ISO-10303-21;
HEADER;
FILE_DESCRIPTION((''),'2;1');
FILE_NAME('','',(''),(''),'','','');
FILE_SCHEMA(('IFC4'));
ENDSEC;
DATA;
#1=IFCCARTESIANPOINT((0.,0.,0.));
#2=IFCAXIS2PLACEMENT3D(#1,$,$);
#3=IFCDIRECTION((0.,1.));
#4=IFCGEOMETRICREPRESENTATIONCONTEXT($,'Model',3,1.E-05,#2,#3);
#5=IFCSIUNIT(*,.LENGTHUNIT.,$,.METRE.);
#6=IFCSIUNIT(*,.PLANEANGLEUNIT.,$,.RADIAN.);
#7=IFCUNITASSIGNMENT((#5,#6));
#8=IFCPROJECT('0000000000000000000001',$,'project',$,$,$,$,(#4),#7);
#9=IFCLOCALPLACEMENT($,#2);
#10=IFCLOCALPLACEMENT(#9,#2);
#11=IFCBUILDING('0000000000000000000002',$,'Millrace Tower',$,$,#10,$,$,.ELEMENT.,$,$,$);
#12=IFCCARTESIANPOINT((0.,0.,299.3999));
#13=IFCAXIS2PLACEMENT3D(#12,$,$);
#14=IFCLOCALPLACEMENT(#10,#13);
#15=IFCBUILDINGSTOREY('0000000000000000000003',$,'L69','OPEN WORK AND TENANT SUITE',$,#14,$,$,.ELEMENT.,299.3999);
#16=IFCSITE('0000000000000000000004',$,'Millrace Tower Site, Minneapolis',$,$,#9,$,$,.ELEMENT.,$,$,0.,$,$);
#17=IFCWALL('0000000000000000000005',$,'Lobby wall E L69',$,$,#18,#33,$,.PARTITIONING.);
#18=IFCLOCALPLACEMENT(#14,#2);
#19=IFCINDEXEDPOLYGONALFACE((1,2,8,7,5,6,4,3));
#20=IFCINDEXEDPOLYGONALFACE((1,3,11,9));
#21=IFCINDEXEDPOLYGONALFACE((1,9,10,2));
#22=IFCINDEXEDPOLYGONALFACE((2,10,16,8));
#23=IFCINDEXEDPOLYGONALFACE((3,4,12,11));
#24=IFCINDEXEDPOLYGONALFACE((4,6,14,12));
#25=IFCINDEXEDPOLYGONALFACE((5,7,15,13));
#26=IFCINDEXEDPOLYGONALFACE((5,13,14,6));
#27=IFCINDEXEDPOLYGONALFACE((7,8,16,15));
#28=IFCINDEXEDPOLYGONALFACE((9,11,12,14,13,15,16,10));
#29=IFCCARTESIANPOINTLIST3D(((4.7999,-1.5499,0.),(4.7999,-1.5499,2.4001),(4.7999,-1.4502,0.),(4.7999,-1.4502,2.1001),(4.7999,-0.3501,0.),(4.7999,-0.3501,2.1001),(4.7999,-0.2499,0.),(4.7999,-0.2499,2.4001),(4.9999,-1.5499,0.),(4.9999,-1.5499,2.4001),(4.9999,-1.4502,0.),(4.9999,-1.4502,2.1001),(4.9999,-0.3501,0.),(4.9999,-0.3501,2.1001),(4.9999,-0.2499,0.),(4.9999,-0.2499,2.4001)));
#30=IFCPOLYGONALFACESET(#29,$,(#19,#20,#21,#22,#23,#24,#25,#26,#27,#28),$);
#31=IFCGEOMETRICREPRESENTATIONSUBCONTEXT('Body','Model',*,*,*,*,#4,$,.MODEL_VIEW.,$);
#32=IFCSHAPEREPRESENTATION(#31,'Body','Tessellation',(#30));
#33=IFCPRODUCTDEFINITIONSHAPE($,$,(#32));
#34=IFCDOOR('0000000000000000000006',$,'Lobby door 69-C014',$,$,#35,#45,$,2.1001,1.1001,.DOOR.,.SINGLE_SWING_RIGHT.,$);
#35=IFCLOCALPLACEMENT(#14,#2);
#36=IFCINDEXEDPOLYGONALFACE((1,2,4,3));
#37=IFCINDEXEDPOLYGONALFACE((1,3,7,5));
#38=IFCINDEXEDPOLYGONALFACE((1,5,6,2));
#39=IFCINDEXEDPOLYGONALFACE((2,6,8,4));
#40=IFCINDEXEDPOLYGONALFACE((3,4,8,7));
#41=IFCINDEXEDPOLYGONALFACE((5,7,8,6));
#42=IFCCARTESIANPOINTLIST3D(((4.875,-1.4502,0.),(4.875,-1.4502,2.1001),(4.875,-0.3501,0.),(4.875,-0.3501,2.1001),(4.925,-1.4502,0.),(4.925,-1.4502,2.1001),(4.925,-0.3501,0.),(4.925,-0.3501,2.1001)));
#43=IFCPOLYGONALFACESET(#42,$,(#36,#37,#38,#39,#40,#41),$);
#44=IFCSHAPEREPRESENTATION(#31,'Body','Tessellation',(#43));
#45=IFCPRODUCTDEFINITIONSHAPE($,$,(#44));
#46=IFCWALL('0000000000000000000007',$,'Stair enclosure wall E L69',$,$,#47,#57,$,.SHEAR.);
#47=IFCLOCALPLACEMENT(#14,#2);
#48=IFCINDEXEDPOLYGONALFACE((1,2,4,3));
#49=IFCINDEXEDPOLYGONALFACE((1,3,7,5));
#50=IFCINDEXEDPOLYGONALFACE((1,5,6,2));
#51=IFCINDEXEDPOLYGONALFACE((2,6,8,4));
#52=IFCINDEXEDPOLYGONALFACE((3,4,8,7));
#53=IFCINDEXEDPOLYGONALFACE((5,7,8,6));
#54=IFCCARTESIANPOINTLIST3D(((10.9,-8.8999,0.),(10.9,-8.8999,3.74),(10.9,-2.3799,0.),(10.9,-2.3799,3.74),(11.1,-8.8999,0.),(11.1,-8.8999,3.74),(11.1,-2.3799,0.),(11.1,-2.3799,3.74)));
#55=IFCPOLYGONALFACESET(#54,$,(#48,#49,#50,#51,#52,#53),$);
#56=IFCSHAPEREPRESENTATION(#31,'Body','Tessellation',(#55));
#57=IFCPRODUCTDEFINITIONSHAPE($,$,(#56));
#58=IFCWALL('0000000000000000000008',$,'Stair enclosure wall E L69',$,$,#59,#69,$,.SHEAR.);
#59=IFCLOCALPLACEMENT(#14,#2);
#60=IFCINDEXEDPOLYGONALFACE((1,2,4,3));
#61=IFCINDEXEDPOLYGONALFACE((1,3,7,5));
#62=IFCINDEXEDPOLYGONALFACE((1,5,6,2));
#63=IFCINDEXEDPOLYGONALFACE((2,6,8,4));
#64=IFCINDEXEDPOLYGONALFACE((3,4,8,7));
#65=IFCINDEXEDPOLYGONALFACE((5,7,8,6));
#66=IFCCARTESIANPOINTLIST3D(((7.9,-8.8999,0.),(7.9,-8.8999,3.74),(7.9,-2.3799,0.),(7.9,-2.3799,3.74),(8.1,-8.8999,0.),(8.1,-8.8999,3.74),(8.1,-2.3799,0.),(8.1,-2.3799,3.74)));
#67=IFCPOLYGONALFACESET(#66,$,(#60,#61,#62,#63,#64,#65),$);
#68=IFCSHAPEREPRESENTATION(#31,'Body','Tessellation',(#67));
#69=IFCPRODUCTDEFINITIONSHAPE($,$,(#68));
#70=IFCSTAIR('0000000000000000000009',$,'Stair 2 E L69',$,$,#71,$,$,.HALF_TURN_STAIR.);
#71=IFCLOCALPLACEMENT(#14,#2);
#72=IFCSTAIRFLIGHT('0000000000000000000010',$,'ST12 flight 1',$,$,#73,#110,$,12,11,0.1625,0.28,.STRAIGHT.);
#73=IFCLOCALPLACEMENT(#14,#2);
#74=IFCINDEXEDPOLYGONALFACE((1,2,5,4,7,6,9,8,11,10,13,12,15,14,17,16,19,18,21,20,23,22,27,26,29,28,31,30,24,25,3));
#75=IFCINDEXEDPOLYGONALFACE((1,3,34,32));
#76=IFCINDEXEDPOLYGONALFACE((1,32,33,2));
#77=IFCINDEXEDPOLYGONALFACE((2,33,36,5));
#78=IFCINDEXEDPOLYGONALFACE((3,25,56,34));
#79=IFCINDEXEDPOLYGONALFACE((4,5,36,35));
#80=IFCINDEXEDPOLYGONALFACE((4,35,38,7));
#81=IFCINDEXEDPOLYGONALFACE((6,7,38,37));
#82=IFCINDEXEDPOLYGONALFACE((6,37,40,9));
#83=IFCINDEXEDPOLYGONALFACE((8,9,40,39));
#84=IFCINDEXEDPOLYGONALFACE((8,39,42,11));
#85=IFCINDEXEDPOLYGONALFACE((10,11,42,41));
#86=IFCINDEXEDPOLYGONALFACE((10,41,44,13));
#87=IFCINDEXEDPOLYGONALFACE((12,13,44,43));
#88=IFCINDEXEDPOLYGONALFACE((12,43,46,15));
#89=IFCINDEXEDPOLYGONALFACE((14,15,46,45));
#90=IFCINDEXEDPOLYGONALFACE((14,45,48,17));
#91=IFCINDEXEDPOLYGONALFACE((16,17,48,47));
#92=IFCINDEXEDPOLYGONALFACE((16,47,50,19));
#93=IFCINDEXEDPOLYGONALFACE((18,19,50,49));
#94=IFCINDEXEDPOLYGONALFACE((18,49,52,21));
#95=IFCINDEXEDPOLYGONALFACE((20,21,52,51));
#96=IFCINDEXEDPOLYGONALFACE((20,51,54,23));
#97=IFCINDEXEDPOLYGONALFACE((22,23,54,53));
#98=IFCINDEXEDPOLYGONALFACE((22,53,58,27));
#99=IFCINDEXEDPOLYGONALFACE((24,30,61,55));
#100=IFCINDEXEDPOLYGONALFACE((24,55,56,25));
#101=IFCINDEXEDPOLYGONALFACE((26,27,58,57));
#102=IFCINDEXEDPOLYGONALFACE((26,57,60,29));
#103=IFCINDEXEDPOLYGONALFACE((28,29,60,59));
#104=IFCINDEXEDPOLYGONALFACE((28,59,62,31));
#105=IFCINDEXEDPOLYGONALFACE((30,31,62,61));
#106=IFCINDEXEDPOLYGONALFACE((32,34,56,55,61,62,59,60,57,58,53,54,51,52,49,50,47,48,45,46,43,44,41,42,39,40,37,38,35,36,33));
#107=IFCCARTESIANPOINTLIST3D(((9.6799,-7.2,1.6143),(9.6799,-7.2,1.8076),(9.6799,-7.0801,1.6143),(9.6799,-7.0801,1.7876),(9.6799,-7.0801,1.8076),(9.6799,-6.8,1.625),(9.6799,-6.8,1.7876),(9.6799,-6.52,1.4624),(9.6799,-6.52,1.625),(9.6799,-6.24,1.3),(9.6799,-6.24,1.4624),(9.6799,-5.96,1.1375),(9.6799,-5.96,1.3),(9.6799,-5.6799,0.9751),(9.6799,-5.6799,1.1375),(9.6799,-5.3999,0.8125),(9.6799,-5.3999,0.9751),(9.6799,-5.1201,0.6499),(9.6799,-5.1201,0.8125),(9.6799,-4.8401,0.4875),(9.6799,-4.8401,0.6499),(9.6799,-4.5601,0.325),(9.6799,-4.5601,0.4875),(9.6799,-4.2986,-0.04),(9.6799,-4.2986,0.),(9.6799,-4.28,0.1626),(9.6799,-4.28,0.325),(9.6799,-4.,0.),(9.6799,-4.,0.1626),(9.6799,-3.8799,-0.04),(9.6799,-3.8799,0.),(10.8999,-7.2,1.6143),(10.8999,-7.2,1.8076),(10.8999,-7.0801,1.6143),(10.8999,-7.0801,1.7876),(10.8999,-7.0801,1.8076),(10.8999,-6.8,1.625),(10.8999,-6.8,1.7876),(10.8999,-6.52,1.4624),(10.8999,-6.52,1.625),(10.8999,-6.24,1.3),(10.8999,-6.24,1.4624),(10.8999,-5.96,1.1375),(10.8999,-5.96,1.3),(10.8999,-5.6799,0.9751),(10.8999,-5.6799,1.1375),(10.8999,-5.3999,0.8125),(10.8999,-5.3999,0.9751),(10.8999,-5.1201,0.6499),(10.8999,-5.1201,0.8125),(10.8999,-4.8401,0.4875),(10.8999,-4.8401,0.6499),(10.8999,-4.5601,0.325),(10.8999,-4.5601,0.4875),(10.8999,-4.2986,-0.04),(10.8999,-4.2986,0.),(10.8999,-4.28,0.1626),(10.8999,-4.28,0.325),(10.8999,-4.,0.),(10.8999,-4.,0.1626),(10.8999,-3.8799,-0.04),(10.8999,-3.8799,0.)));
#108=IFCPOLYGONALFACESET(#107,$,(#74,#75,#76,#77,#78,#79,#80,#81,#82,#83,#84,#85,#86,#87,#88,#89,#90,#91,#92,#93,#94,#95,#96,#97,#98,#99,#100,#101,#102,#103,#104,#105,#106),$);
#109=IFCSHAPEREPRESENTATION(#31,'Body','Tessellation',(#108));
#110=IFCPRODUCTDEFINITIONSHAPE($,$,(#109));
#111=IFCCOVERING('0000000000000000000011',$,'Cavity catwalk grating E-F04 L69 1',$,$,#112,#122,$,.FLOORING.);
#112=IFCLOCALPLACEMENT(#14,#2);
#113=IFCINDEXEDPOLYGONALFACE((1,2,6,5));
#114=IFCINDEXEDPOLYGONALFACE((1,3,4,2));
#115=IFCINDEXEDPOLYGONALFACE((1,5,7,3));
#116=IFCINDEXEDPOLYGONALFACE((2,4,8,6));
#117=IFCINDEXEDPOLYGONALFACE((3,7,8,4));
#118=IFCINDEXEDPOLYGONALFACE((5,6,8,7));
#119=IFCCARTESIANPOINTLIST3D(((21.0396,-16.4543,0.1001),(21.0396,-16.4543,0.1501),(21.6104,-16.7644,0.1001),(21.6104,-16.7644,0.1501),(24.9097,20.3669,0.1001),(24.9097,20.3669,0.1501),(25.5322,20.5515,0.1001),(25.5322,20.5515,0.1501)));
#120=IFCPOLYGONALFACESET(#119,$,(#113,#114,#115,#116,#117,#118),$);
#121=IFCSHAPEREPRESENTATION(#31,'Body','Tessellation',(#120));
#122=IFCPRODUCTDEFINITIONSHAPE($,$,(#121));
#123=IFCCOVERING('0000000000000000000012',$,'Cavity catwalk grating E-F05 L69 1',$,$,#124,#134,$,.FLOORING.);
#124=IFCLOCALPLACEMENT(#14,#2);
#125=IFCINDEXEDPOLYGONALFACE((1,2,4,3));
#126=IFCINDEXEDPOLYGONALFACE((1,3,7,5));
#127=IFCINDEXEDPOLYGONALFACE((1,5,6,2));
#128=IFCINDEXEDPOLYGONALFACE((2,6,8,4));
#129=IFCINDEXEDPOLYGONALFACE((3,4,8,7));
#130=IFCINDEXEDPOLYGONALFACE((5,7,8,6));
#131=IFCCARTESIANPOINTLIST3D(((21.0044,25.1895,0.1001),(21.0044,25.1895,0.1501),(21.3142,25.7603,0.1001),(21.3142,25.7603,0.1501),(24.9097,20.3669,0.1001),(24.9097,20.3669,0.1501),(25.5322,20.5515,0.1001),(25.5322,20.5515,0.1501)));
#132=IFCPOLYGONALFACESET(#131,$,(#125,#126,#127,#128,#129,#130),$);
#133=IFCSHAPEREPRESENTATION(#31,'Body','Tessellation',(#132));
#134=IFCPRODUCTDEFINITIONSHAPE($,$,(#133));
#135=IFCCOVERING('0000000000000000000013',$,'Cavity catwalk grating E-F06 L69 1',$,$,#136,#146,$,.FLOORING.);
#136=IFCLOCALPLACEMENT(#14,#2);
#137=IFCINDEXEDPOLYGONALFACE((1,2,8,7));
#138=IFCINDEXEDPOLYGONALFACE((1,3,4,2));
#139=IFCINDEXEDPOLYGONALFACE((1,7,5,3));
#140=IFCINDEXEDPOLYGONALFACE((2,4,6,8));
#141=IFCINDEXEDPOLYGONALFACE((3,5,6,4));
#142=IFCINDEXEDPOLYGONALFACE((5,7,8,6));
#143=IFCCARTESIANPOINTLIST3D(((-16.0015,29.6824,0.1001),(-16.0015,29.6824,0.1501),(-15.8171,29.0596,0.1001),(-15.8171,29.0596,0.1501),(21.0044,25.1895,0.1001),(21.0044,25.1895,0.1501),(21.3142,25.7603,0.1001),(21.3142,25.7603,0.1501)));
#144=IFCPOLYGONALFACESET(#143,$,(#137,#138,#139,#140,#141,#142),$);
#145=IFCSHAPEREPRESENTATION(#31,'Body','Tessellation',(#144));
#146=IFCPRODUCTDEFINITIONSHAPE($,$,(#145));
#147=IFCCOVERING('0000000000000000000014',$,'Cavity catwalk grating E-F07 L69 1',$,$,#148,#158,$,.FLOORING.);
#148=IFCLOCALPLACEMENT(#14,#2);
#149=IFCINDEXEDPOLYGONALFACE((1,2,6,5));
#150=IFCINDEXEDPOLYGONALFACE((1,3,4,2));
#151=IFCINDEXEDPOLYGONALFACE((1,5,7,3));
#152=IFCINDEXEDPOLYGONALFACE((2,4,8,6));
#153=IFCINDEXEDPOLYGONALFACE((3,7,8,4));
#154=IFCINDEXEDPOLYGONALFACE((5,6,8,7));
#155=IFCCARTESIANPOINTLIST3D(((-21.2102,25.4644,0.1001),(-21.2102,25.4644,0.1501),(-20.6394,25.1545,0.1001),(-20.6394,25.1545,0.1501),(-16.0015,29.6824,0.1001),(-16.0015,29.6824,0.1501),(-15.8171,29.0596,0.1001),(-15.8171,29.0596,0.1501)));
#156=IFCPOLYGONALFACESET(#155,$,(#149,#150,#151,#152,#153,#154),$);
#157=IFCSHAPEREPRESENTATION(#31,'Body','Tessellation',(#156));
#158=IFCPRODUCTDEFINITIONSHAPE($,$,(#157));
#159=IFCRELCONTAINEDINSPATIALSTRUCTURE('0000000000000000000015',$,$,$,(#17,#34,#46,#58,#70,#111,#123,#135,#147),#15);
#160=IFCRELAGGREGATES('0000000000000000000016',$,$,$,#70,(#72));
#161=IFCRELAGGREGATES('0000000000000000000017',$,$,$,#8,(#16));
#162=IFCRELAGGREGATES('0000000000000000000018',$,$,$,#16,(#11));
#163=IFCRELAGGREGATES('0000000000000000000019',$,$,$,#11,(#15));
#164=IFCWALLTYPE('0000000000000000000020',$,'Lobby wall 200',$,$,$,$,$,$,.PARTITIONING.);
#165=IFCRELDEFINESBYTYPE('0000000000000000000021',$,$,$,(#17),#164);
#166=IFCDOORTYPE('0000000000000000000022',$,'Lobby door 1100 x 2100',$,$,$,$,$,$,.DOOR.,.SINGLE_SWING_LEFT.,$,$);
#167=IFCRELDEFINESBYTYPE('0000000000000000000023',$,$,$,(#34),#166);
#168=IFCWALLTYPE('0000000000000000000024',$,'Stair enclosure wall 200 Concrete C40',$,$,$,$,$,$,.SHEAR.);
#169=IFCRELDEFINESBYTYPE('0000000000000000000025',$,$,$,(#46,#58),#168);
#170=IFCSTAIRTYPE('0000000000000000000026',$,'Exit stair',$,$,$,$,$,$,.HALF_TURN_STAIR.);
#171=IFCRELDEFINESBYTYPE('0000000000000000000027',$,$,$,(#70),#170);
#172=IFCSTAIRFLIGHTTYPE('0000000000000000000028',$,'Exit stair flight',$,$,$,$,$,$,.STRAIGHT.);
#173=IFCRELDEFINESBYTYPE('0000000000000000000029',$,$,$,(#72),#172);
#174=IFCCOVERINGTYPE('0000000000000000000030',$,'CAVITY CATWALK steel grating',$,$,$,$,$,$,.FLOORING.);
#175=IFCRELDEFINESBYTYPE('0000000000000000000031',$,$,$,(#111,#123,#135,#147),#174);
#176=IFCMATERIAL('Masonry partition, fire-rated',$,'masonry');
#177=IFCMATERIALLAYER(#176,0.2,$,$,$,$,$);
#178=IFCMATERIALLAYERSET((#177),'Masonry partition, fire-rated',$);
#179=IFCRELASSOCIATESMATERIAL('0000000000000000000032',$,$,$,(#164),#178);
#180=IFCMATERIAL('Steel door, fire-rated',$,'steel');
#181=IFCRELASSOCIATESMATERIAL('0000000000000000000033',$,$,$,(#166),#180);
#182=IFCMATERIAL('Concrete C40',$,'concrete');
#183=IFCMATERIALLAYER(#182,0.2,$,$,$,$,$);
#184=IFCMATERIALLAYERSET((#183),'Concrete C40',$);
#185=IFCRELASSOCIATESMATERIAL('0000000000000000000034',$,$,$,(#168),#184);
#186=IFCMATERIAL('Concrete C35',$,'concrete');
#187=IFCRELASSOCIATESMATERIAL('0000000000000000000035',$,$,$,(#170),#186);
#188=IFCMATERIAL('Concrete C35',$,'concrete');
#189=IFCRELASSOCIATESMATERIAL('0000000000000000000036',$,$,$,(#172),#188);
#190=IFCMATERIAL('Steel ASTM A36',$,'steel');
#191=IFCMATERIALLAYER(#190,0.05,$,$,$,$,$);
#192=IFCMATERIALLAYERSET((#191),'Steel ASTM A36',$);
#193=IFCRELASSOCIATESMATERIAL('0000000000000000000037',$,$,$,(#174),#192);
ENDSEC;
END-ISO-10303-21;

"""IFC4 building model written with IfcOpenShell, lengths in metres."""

from ifc_helpers import new_model, si_unit, direction, frame, frame_2d, origin, place, context, subcontext, project, spatial, polyline, rectangle, outline, extrude, material, layer, layer_set, type_object, element, fill, aggregate, save


model = new_model("IFC4")

# Units and contexts
model_context = context("Model", 3, precision=1e-05, world=origin(), true_north=direction((0.0, 1.0)))
body_context = subcontext(model_context, "Body", "Model", "MODEL_VIEW")
ifc_project = project(units=[si_unit("LENGTHUNIT", "METRE"), si_unit("PLANEANGLEUNIT", "RADIAN")], contexts=[model_context])

# Site, building, storey
site_placement = place(None, origin())
site = spatial("IfcSite", under=ifc_project, at=site_placement, Name="Millrace Tower Site, Minneapolis", CompositionType="ELEMENT", RefElevation=0.0)
building_placement = place(site_placement, origin())
building = spatial("IfcBuilding", under=site, at=building_placement, Name="Millrace Tower", CompositionType="ELEMENT")
storey_placement = place(building_placement, frame((0.0, 0.0, 299.3999)))
storey = spatial("IfcBuildingStorey", under=building, at=storey_placement, Name="L69", Description="OPEN WORK AND TENANT SUITE", CompositionType="ELEMENT", Elevation=299.3999)

# Shared definitions
placement_1 = place(storey_placement, origin())

# Wall, opening, door
ifc_material_1 = material(Name="Masonry partition, fire-rated", Category="masonry")
ifc_layer_1 = layer(ifc_material_1, 0.2)
ifc_layer_set_1 = layer_set([ifc_layer_1], Name="Masonry partition, fire-rated")
wall_type_1 = type_object("IfcWallType", Name="Lobby wall 200", PredefinedType="PARTITIONING", material=ifc_layer_set_1)
wall_1_placement = place(storey_placement, frame((4.8999, -0.25, 0.0), z_axis=(0.0, 0.0, 1.0), x_axis=(0.0, -1.0, 0.0)))
wall_1 = element("IfcWall", 1, at=wall_1_placement, inside=storey, type_object=wall_type_1, Name="Lobby wall E L69", PredefinedType="PARTITIONING", context=body_context, shape_type="SweptSolid", body=[
    extrude(rectangle(XDim=1.3, YDim=0.2, at=frame_2d((0.6499, 0.0))), origin(), (0.0, 0.0, 1.0), 2.4001),
])
opening_placement = place(wall_1_placement, frame((0.1001, 0.0, 0.0)))
opening = element("IfcOpeningElement", 2, at=opening_placement, cuts=wall_1, PredefinedType="OPENING", context=body_context, shape_type="SweptSolid", body=[
    extrude(rectangle(XDim=1.1001, YDim=2.1001, at=frame_2d((0.55, 1.05))), frame((0.0, 0.1099, 0.0), z_axis=(0.0, -1.0, 0.0), x_axis=(1.0, 0.0, 0.0)), (0.0, 0.0, 1.0), 0.22),
])
ifc_material_2 = material(Name="Steel door, fire-rated", Category="steel")
door_type = type_object("IfcDoorType", Name="Lobby door 1100 x 2100", OperationType="SINGLE_SWING_LEFT", PredefinedType="DOOR", material=ifc_material_2)
door_placement = place(opening_placement, frame((1.1001, 0.0, 0.0), z_axis=(0.0, 0.0, 1.0), x_axis=(-1.0, 0.0, 0.0)))
door = element("IfcDoor", 3, at=door_placement, inside=storey, type_object=door_type, Name="Lobby door 69-C014", OperationType="SINGLE_SWING_RIGHT", OverallHeight=2.1001, OverallWidth=1.1001, PredefinedType="DOOR", context=body_context, shape_type="SweptSolid", body=[
    extrude(rectangle(XDim=1.1001, YDim=2.1001, at=frame_2d((0.55, 1.05))), frame((0.0, 0.0249, 0.0), z_axis=(0.0, -1.0, 0.0), x_axis=(1.0, 0.0, 0.0)), (0.0, 0.0, 1.0), 0.05),
])
fill(opening, door)

# Walls
ifc_material_3 = material(Name="Concrete C40", Category="concrete")
ifc_layer_2 = layer(ifc_material_3, 0.2)
ifc_layer_set_2 = layer_set([ifc_layer_2], Name="Concrete C40")
wall_type_2 = type_object("IfcWallType", Name="Stair enclosure wall 200 Concrete C40", PredefinedType="SHEAR", material=ifc_layer_set_2)
for number, where, z_axis, x_axis, name in (
    (4, (11.0, -2.3799, 0.0), (0.0, 0.0, 1.0), (0.0, -1.0, 0.0), "Stair enclosure wall E L69"),
    (5, (8.0, -2.3799, 0.0), (0.0, 0.0, 1.0), (0.0, -1.0, 0.0), "Stair enclosure wall E L69"),
):
    element("IfcWall", number, at=place(storey_placement, frame(where, z_axis=z_axis, x_axis=x_axis)), inside=storey, type_object=wall_type_2, Name=name, PredefinedType="SHEAR", context=body_context, shape_type="SweptSolid", body=[
        extrude(rectangle(XDim=6.52, YDim=0.2, at=frame_2d((3.26, 0.0))), origin(), (0.0, 0.0, 1.0), 3.74),
    ])

# Stair, stair flight
ifc_material_4 = material(Name="Concrete C35", Category="concrete")
stair_type = type_object("IfcStairType", Name="Exit stair", PredefinedType="HALF_TURN_STAIR", material=ifc_material_4)
stair = element("IfcStair", 6, at=placement_1, inside=storey, type_object=stair_type, Name="Stair 2 E L69", PredefinedType="HALF_TURN_STAIR")
ifc_material_5 = material(Name="Concrete C35", Category="concrete")
stair_flight_type = type_object("IfcStairFlightType", Name="Exit stair flight", PredefinedType="STRAIGHT", material=ifc_material_5)
stair_flight_placement = place(storey_placement, frame((10.29, -4.0, 0.0), z_axis=(0.0, 0.0, 1.0), x_axis=(0.0, -1.0, 0.0)))
stair_flight = element("IfcStairFlight", 7, at=stair_flight_placement, type_object=stair_flight_type, Name="ST12 flight 1", NumberOfRisers=12, NumberOfTreads=11, PredefinedType="STRAIGHT", RiserHeight=0.1625, TreadLength=0.28, context=body_context, shape_type="SweptSolid", body=[
    extrude(outline(polyline([(-0.1201, -0.04), (-0.1201, 0.0), (0.0, 0.0), (0.0, 0.1626), (0.28, 0.1626), (0.28, 0.325), (0.5601, 0.325), (0.5601, 0.4875), (0.8401, 0.4875), (0.8401, 0.6499), (1.1201, 0.6499), (1.1201, 0.8125), (1.3999, 0.8125), (1.3999, 0.9751), (1.6799, 0.9751), (1.6799, 1.1375), (1.96, 1.1375), (1.96, 1.3), (2.24, 1.3), (2.24, 1.4624), (2.52, 1.4624), (2.52, 1.625), (2.8, 1.625), (2.8, 1.7876), (3.0801, 1.7876), (3.0801, 1.8076), (3.2, 1.8076), (3.2, 1.6143), (3.0801, 1.6143), (0.2986, 0.0), (0.2986, -0.04), (-0.1201, -0.04)])), frame((0.0, 0.6099, 0.0), z_axis=(0.0, -1.0, 0.0), x_axis=(1.0, 0.0, 0.0)), (0.0, 0.0, 1.0), 1.22),
])
aggregate(stair, [stair_flight])

# Coverings
ifc_material_6 = material(Name="Steel ASTM A36", Category="steel")
ifc_layer_3 = layer(ifc_material_6, 0.05)
ifc_layer_set_3 = layer_set([ifc_layer_3], Name="Steel ASTM A36")
covering_type = type_object("IfcCoveringType", Name="CAVITY CATWALK steel grating", PredefinedType="FLOORING", material=ifc_layer_set_3)
placement_2 = place(storey_placement, frame((0.0, 0.0, 0.1001)))
element("IfcCovering", 8, at=placement_2, inside=storey, type_object=covering_type, Name="Cavity catwalk grating E-F04 L69 1", PredefinedType="FLOORING", context=body_context, shape_type="SweptSolid", body=[
    extrude(outline(polyline([(21.6104, -16.7644), (25.5322, 20.5515), (24.9097, 20.3669), (21.0396, -16.4543), (21.6104, -16.7644)])), origin(), (0.0, 0.0, 1.0), 0.05),
])
element("IfcCovering", 9, at=placement_2, inside=storey, type_object=covering_type, Name="Cavity catwalk grating E-F05 L69 1", PredefinedType="FLOORING", context=body_context, shape_type="SweptSolid", body=[
    extrude(outline(polyline([(25.5322, 20.5515), (21.3142, 25.7603), (21.0044, 25.1895), (24.9097, 20.3669), (25.5322, 20.5515)])), origin(), (0.0, 0.0, 1.0), 0.05),
])
element("IfcCovering", 10, at=placement_2, inside=storey, type_object=covering_type, Name="Cavity catwalk grating E-F06 L69 1", PredefinedType="FLOORING", context=body_context, shape_type="SweptSolid", body=[
    extrude(outline(polyline([(21.3142, 25.7603), (-16.0015, 29.6824), (-15.8171, 29.0596), (21.0044, 25.1895), (21.3142, 25.7603)])), origin(), (0.0, 0.0, 1.0), 0.05),
])
element("IfcCovering", 11, at=placement_2, inside=storey, type_object=covering_type, Name="Cavity catwalk grating E-F07 L69 1", PredefinedType="FLOORING", context=body_context, shape_type="SweptSolid", body=[
    extrude(outline(polyline([(-16.0015, 29.6824), (-21.2102, 25.4644), (-20.6394, 25.1545), (-15.8171, 29.0596), (-16.0015, 29.6824)])), origin(), (0.0, 0.0, 1.0), 0.05),
])

save(model, "model.ifc")
